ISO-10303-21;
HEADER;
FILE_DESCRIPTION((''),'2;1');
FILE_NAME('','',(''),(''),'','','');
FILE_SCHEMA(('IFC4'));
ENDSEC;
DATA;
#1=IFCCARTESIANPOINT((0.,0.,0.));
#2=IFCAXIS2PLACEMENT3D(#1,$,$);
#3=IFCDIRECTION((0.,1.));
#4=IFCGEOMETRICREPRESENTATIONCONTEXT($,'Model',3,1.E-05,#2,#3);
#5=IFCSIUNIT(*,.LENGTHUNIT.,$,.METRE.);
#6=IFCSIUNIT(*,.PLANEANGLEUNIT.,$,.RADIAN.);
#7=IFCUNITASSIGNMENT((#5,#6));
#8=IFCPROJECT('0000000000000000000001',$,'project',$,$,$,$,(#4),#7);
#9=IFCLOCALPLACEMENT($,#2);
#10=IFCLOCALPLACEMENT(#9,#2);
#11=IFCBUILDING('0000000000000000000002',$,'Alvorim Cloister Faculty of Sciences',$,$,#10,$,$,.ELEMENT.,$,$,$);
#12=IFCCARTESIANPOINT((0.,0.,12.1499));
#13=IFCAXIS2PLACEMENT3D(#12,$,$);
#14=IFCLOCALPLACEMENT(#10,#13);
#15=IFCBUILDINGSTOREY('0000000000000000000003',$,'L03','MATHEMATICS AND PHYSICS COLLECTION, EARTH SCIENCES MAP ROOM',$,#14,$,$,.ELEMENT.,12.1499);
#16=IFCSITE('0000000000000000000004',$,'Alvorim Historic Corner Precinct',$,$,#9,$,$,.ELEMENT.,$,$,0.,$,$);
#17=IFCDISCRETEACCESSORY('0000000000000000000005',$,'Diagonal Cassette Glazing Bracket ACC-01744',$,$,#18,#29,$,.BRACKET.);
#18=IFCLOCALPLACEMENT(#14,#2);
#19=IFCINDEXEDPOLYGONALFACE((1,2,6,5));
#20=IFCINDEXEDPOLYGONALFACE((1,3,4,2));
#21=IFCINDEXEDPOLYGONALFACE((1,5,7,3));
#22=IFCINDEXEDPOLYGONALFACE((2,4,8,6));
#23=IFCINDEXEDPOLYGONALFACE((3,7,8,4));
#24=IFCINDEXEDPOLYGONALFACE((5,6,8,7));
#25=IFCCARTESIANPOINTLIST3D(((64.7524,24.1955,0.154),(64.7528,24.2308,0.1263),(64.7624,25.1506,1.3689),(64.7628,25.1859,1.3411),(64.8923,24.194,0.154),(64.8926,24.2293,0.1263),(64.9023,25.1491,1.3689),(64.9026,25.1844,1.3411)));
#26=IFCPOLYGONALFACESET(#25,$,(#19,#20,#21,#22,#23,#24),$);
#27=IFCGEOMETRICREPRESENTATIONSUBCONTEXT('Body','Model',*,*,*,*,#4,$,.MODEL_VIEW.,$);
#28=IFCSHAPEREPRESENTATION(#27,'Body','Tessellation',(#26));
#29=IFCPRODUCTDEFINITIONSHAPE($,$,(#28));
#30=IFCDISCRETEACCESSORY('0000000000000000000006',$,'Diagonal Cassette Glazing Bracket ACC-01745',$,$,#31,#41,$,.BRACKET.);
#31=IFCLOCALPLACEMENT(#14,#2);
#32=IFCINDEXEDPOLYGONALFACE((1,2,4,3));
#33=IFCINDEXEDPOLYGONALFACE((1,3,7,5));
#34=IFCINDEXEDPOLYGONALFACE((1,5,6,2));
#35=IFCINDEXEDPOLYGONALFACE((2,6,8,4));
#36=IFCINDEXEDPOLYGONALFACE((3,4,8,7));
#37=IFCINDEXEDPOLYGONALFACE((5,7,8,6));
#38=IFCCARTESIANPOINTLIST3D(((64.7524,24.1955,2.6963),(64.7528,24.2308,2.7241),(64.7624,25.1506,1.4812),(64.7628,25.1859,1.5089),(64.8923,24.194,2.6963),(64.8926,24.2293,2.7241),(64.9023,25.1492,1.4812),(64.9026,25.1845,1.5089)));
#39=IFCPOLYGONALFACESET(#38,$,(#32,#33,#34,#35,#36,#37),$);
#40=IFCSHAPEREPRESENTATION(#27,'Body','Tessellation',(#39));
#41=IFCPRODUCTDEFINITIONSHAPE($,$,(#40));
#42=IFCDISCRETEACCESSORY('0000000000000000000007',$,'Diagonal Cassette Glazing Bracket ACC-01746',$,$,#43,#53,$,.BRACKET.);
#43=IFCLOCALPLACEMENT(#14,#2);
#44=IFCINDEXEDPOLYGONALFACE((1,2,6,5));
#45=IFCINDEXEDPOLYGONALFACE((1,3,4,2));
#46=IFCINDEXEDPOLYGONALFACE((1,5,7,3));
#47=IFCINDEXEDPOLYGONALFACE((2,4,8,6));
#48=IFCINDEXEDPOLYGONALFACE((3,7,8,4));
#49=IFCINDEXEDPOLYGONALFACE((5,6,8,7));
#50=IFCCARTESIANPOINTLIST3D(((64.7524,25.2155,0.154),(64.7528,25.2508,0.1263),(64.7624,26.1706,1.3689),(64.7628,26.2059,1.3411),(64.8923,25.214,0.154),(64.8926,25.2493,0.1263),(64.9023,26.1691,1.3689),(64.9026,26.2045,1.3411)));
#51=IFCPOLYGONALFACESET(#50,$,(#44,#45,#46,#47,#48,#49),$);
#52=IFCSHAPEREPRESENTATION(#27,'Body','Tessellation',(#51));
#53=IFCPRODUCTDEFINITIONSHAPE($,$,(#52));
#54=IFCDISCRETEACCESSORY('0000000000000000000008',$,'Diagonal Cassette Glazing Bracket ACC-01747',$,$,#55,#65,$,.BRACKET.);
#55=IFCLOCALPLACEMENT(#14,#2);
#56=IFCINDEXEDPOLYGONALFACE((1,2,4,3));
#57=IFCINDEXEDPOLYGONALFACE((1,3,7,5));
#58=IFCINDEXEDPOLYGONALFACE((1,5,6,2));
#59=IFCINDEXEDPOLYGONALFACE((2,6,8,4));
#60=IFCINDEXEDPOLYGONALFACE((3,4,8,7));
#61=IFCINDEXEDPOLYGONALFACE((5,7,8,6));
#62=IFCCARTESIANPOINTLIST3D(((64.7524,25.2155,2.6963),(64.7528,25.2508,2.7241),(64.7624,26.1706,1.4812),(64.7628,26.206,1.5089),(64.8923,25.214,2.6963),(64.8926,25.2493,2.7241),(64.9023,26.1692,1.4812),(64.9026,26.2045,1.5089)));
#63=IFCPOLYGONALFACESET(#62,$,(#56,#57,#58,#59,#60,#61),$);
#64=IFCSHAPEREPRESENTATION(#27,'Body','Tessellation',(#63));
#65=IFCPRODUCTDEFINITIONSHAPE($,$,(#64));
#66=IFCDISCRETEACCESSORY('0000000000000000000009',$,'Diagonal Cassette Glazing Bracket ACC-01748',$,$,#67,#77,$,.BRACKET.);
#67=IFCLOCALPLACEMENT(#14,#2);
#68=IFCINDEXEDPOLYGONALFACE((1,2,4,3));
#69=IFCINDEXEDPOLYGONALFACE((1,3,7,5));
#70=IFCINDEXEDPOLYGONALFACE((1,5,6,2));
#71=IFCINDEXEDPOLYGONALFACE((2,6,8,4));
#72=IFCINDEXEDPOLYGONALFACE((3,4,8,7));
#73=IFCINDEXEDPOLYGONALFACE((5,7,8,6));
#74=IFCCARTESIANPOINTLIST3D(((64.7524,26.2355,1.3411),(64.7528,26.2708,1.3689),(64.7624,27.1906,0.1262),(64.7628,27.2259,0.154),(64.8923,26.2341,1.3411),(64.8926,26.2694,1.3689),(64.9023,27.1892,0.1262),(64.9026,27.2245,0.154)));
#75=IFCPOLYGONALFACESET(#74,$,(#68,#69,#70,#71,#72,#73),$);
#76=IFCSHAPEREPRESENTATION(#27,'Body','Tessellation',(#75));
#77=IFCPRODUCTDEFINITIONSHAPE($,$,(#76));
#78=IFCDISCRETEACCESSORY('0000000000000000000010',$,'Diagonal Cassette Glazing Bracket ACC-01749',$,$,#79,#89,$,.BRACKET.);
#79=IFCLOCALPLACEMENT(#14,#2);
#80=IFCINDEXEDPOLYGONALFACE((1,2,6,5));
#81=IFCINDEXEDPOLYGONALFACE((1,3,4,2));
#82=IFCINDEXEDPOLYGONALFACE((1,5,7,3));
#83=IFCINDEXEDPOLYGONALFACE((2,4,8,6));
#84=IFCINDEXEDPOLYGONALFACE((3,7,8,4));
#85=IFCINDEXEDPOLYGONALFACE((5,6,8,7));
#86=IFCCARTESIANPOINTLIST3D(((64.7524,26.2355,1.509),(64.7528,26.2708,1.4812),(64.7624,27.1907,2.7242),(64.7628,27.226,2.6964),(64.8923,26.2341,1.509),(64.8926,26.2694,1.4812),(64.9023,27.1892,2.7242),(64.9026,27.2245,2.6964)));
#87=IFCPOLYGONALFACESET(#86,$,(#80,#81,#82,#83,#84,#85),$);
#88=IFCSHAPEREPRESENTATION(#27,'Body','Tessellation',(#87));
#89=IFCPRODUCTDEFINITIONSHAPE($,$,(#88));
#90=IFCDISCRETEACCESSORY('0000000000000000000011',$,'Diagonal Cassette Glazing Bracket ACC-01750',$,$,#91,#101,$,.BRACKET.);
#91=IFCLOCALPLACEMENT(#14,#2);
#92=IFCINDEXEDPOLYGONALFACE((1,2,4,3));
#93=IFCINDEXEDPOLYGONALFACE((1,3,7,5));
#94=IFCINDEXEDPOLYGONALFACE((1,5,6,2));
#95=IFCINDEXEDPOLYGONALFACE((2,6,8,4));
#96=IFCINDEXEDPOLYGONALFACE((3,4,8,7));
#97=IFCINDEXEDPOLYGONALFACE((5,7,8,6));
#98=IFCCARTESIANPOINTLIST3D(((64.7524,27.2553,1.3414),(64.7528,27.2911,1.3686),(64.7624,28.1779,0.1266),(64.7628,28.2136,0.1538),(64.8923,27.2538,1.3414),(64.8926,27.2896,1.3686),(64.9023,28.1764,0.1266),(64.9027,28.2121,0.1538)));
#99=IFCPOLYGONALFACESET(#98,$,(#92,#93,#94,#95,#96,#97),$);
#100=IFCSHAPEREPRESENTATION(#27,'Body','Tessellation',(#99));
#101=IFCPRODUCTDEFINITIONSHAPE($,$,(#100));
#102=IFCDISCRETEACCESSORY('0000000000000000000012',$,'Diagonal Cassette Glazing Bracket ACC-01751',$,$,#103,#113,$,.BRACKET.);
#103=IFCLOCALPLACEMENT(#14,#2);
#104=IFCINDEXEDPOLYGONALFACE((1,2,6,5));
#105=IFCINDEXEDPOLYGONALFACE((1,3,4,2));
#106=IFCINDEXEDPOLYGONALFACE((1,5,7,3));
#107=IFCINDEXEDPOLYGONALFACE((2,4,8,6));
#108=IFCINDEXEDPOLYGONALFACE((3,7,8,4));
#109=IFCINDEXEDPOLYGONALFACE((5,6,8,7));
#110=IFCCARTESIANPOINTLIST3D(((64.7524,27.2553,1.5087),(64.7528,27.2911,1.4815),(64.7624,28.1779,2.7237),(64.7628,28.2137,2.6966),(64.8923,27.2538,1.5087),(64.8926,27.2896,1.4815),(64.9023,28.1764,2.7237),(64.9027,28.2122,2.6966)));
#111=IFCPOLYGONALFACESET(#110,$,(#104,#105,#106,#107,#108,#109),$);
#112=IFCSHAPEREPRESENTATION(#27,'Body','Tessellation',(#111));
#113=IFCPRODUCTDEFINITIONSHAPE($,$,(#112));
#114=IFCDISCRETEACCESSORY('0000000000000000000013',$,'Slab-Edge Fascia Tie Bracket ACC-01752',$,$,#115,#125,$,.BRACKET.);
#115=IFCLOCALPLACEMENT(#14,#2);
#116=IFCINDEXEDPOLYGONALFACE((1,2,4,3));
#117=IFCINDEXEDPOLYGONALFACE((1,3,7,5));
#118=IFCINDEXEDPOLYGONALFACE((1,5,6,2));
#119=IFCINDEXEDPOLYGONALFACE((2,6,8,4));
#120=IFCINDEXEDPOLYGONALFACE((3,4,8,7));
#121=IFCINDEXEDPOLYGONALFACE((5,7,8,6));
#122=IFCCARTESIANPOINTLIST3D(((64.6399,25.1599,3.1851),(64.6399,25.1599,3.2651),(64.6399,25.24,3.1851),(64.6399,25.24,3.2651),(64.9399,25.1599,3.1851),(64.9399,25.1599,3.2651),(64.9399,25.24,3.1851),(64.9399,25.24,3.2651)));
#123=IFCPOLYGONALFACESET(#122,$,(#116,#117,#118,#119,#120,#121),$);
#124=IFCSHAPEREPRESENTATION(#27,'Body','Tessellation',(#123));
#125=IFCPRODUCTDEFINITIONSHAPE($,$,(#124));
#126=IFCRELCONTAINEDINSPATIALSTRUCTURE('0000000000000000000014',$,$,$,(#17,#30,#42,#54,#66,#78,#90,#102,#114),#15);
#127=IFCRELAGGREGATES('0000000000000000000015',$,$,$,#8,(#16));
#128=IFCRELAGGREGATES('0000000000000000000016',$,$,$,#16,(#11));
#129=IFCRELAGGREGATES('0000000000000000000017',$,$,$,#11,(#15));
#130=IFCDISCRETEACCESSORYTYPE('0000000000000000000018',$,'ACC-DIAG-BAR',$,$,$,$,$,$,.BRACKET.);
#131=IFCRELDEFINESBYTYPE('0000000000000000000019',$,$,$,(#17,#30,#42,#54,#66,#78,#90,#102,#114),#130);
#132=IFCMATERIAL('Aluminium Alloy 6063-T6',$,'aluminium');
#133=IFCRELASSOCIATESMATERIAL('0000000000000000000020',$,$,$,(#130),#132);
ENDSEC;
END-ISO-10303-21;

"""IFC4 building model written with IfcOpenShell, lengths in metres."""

from ifc_helpers import new_model, si_unit, direction, frame, origin, origin_2d, place, context, subcontext, project, spatial, rectangle, extrude, material, type_object, element, save


model = new_model("IFC4")

# Units and contexts
model_context = context("Model", 3, precision=1e-05, world=origin(), true_north=direction((0.0, 1.0)))
body_context = subcontext(model_context, "Body", "Model", "MODEL_VIEW")
ifc_project = project(units=[si_unit("LENGTHUNIT", "METRE"), si_unit("PLANEANGLEUNIT", "RADIAN")], contexts=[model_context])

# Site, building, storey
site_placement = place(None, origin())
site = spatial("IfcSite", under=ifc_project, at=site_placement, Name="Alvorim Historic Corner Precinct", CompositionType="ELEMENT", RefElevation=0.0)
building_placement = place(site_placement, origin())
building = spatial("IfcBuilding", under=site, at=building_placement, Name="Alvorim Cloister Faculty of Sciences", CompositionType="ELEMENT")
storey_placement = place(building_placement, frame((0.0, 0.0, 12.1499)))
storey = spatial("IfcBuildingStorey", under=building, at=storey_placement, Name="L03", Description="MATHEMATICS AND PHYSICS COLLECTION, EARTH SCIENCES MAP ROOM", CompositionType="ELEMENT", Elevation=12.1499)

# Shared definitions
ifc_material_1 = material(Name="Aluminium Alloy 6063-T6", Category="aluminium")

# Discrete accessories
discrete_accessory_type = type_object("IfcDiscreteAccessoryType", Name="ACC-DIAG-BAR", PredefinedType="BRACKET", material=ifc_material_1)
discrete_accessory_1_placement = place(storey_placement, frame((64.8225, 24.2124, 0.1401), z_axis=(0.006477, 0.618032, 0.786126), x_axis=(-0.999945, 0.01048, 0.0)))
element("IfcDiscreteAccessory", 1, at=discrete_accessory_1_placement, inside=storey, type_object=discrete_accessory_type, Name="Diagonal Cassette Glazing Bracket ACC-01744", PredefinedType="BRACKET", context=body_context, shape_type="SweptSolid", body=[
    extrude(rectangle(XDim=0.1399, YDim=0.0449, at=origin_2d()), origin(), (0.0, 0.0, 1.0), 1.5454),
])
discrete_accessory_2_placement = place(storey_placement, frame((64.8225, 24.2124, 2.7102), z_axis=(0.006477, 0.617955, -0.786187), x_axis=(-0.999945, 0.01048, 0.0)))
element("IfcDiscreteAccessory", 2, at=discrete_accessory_2_placement, inside=storey, type_object=discrete_accessory_type, Name="Diagonal Cassette Glazing Bracket ACC-01745", PredefinedType="BRACKET", context=body_context, shape_type="SweptSolid", body=[
    extrude(rectangle(XDim=0.1399, YDim=0.0449, at=origin_2d()), origin(), (0.0, 0.0, 1.0), 1.5457),
])
discrete_accessory_3_placement = place(storey_placement, frame((64.8225, 25.2324, 0.1401), z_axis=(0.006477, 0.618032, 0.786126), x_axis=(-0.999945, 0.01048, 0.0)))
element("IfcDiscreteAccessory", 3, at=discrete_accessory_3_placement, inside=storey, type_object=discrete_accessory_type, Name="Diagonal Cassette Glazing Bracket ACC-01746", PredefinedType="BRACKET", context=body_context, shape_type="SweptSolid", body=[
    extrude(rectangle(XDim=0.1399, YDim=0.0449, at=origin_2d()), origin(), (0.0, 0.0, 1.0), 1.5454),
])
discrete_accessory_4_placement = place(storey_placement, frame((64.8225, 25.2324, 2.7102), z_axis=(0.006477, 0.617955, -0.786187), x_axis=(-0.999945, 0.01048, 0.0)))
element("IfcDiscreteAccessory", 4, at=discrete_accessory_4_placement, inside=storey, type_object=discrete_accessory_type, Name="Diagonal Cassette Glazing Bracket ACC-01747", PredefinedType="BRACKET", context=body_context, shape_type="SweptSolid", body=[
    extrude(rectangle(XDim=0.1399, YDim=0.0449, at=origin_2d()), origin(), (0.0, 0.0, 1.0), 1.5457),
])
discrete_accessory_5_placement = place(storey_placement, frame((64.8225, 26.2524, 1.355), z_axis=(0.006477, 0.618032, -0.786126), x_axis=(-0.999945, 0.01048, 0.0)))
element("IfcDiscreteAccessory", 5, at=discrete_accessory_5_placement, inside=storey, type_object=discrete_accessory_type, Name="Diagonal Cassette Glazing Bracket ACC-01748", PredefinedType="BRACKET", context=body_context, shape_type="SweptSolid", body=[
    extrude(rectangle(XDim=0.1399, YDim=0.0449, at=origin_2d()), origin(), (0.0, 0.0, 1.0), 1.5454),
])
discrete_accessory_6_placement = place(storey_placement, frame((64.8225, 26.2524, 1.4951), z_axis=(0.006477, 0.617955, 0.786187), x_axis=(-0.999945, 0.01048, 0.0)))
element("IfcDiscreteAccessory", 6, at=discrete_accessory_6_placement, inside=storey, type_object=discrete_accessory_type, Name="Diagonal Cassette Glazing Bracket ACC-01749", PredefinedType="BRACKET", context=body_context, shape_type="SweptSolid", body=[
    extrude(rectangle(XDim=0.1399, YDim=0.0449, at=origin_2d()), origin(), (0.0, 0.0, 1.0), 1.5457),
])
discrete_accessory_7_placement = place(storey_placement, frame((64.8225, 27.2725, 1.355), z_axis=(0.006562, 0.60479, -0.796358), x_axis=(-0.999941, 0.010849, 0.0)))
element("IfcDiscreteAccessory", 7, at=discrete_accessory_7_placement, inside=storey, type_object=discrete_accessory_type, Name="Diagonal Cassette Glazing Bracket ACC-01750", PredefinedType="BRACKET", context=body_context, shape_type="SweptSolid", body=[
    extrude(rectangle(XDim=0.1399, YDim=0.0449, at=origin_2d()), origin(), (0.0, 0.0, 1.0), 1.5254),
])
discrete_accessory_8_placement = place(storey_placement, frame((64.8225, 27.2725, 1.4951), z_axis=(0.006561, 0.604713, 0.796416), x_axis=(-0.999941, 0.010849, 0.0)))
element("IfcDiscreteAccessory", 8, at=discrete_accessory_8_placement, inside=storey, type_object=discrete_accessory_type, Name="Diagonal Cassette Glazing Bracket ACC-01751", PredefinedType="BRACKET", context=body_context, shape_type="SweptSolid", body=[
    extrude(rectangle(XDim=0.1399, YDim=0.0449, at=origin_2d()), origin(), (0.0, 0.0, 1.0), 1.5256),
])
discrete_accessory_9_placement = place(storey_placement, frame((64.9399, 25.2, 3.2251), z_axis=(-1.0, 0.0, 0.0), x_axis=(0.0, -1.0, 0.0)))
element("IfcDiscreteAccessory", 9, at=discrete_accessory_9_placement, inside=storey, type_object=discrete_accessory_type, Name="Slab-Edge Fascia Tie Bracket ACC-01752", PredefinedType="BRACKET", context=body_context, shape_type="SweptSolid", body=[
    extrude(rectangle(XDim=0.0801, YDim=0.0801, at=origin_2d()), origin(), (0.0, 0.0, 1.0), 0.3),
])

save(model, "model.ifc")
